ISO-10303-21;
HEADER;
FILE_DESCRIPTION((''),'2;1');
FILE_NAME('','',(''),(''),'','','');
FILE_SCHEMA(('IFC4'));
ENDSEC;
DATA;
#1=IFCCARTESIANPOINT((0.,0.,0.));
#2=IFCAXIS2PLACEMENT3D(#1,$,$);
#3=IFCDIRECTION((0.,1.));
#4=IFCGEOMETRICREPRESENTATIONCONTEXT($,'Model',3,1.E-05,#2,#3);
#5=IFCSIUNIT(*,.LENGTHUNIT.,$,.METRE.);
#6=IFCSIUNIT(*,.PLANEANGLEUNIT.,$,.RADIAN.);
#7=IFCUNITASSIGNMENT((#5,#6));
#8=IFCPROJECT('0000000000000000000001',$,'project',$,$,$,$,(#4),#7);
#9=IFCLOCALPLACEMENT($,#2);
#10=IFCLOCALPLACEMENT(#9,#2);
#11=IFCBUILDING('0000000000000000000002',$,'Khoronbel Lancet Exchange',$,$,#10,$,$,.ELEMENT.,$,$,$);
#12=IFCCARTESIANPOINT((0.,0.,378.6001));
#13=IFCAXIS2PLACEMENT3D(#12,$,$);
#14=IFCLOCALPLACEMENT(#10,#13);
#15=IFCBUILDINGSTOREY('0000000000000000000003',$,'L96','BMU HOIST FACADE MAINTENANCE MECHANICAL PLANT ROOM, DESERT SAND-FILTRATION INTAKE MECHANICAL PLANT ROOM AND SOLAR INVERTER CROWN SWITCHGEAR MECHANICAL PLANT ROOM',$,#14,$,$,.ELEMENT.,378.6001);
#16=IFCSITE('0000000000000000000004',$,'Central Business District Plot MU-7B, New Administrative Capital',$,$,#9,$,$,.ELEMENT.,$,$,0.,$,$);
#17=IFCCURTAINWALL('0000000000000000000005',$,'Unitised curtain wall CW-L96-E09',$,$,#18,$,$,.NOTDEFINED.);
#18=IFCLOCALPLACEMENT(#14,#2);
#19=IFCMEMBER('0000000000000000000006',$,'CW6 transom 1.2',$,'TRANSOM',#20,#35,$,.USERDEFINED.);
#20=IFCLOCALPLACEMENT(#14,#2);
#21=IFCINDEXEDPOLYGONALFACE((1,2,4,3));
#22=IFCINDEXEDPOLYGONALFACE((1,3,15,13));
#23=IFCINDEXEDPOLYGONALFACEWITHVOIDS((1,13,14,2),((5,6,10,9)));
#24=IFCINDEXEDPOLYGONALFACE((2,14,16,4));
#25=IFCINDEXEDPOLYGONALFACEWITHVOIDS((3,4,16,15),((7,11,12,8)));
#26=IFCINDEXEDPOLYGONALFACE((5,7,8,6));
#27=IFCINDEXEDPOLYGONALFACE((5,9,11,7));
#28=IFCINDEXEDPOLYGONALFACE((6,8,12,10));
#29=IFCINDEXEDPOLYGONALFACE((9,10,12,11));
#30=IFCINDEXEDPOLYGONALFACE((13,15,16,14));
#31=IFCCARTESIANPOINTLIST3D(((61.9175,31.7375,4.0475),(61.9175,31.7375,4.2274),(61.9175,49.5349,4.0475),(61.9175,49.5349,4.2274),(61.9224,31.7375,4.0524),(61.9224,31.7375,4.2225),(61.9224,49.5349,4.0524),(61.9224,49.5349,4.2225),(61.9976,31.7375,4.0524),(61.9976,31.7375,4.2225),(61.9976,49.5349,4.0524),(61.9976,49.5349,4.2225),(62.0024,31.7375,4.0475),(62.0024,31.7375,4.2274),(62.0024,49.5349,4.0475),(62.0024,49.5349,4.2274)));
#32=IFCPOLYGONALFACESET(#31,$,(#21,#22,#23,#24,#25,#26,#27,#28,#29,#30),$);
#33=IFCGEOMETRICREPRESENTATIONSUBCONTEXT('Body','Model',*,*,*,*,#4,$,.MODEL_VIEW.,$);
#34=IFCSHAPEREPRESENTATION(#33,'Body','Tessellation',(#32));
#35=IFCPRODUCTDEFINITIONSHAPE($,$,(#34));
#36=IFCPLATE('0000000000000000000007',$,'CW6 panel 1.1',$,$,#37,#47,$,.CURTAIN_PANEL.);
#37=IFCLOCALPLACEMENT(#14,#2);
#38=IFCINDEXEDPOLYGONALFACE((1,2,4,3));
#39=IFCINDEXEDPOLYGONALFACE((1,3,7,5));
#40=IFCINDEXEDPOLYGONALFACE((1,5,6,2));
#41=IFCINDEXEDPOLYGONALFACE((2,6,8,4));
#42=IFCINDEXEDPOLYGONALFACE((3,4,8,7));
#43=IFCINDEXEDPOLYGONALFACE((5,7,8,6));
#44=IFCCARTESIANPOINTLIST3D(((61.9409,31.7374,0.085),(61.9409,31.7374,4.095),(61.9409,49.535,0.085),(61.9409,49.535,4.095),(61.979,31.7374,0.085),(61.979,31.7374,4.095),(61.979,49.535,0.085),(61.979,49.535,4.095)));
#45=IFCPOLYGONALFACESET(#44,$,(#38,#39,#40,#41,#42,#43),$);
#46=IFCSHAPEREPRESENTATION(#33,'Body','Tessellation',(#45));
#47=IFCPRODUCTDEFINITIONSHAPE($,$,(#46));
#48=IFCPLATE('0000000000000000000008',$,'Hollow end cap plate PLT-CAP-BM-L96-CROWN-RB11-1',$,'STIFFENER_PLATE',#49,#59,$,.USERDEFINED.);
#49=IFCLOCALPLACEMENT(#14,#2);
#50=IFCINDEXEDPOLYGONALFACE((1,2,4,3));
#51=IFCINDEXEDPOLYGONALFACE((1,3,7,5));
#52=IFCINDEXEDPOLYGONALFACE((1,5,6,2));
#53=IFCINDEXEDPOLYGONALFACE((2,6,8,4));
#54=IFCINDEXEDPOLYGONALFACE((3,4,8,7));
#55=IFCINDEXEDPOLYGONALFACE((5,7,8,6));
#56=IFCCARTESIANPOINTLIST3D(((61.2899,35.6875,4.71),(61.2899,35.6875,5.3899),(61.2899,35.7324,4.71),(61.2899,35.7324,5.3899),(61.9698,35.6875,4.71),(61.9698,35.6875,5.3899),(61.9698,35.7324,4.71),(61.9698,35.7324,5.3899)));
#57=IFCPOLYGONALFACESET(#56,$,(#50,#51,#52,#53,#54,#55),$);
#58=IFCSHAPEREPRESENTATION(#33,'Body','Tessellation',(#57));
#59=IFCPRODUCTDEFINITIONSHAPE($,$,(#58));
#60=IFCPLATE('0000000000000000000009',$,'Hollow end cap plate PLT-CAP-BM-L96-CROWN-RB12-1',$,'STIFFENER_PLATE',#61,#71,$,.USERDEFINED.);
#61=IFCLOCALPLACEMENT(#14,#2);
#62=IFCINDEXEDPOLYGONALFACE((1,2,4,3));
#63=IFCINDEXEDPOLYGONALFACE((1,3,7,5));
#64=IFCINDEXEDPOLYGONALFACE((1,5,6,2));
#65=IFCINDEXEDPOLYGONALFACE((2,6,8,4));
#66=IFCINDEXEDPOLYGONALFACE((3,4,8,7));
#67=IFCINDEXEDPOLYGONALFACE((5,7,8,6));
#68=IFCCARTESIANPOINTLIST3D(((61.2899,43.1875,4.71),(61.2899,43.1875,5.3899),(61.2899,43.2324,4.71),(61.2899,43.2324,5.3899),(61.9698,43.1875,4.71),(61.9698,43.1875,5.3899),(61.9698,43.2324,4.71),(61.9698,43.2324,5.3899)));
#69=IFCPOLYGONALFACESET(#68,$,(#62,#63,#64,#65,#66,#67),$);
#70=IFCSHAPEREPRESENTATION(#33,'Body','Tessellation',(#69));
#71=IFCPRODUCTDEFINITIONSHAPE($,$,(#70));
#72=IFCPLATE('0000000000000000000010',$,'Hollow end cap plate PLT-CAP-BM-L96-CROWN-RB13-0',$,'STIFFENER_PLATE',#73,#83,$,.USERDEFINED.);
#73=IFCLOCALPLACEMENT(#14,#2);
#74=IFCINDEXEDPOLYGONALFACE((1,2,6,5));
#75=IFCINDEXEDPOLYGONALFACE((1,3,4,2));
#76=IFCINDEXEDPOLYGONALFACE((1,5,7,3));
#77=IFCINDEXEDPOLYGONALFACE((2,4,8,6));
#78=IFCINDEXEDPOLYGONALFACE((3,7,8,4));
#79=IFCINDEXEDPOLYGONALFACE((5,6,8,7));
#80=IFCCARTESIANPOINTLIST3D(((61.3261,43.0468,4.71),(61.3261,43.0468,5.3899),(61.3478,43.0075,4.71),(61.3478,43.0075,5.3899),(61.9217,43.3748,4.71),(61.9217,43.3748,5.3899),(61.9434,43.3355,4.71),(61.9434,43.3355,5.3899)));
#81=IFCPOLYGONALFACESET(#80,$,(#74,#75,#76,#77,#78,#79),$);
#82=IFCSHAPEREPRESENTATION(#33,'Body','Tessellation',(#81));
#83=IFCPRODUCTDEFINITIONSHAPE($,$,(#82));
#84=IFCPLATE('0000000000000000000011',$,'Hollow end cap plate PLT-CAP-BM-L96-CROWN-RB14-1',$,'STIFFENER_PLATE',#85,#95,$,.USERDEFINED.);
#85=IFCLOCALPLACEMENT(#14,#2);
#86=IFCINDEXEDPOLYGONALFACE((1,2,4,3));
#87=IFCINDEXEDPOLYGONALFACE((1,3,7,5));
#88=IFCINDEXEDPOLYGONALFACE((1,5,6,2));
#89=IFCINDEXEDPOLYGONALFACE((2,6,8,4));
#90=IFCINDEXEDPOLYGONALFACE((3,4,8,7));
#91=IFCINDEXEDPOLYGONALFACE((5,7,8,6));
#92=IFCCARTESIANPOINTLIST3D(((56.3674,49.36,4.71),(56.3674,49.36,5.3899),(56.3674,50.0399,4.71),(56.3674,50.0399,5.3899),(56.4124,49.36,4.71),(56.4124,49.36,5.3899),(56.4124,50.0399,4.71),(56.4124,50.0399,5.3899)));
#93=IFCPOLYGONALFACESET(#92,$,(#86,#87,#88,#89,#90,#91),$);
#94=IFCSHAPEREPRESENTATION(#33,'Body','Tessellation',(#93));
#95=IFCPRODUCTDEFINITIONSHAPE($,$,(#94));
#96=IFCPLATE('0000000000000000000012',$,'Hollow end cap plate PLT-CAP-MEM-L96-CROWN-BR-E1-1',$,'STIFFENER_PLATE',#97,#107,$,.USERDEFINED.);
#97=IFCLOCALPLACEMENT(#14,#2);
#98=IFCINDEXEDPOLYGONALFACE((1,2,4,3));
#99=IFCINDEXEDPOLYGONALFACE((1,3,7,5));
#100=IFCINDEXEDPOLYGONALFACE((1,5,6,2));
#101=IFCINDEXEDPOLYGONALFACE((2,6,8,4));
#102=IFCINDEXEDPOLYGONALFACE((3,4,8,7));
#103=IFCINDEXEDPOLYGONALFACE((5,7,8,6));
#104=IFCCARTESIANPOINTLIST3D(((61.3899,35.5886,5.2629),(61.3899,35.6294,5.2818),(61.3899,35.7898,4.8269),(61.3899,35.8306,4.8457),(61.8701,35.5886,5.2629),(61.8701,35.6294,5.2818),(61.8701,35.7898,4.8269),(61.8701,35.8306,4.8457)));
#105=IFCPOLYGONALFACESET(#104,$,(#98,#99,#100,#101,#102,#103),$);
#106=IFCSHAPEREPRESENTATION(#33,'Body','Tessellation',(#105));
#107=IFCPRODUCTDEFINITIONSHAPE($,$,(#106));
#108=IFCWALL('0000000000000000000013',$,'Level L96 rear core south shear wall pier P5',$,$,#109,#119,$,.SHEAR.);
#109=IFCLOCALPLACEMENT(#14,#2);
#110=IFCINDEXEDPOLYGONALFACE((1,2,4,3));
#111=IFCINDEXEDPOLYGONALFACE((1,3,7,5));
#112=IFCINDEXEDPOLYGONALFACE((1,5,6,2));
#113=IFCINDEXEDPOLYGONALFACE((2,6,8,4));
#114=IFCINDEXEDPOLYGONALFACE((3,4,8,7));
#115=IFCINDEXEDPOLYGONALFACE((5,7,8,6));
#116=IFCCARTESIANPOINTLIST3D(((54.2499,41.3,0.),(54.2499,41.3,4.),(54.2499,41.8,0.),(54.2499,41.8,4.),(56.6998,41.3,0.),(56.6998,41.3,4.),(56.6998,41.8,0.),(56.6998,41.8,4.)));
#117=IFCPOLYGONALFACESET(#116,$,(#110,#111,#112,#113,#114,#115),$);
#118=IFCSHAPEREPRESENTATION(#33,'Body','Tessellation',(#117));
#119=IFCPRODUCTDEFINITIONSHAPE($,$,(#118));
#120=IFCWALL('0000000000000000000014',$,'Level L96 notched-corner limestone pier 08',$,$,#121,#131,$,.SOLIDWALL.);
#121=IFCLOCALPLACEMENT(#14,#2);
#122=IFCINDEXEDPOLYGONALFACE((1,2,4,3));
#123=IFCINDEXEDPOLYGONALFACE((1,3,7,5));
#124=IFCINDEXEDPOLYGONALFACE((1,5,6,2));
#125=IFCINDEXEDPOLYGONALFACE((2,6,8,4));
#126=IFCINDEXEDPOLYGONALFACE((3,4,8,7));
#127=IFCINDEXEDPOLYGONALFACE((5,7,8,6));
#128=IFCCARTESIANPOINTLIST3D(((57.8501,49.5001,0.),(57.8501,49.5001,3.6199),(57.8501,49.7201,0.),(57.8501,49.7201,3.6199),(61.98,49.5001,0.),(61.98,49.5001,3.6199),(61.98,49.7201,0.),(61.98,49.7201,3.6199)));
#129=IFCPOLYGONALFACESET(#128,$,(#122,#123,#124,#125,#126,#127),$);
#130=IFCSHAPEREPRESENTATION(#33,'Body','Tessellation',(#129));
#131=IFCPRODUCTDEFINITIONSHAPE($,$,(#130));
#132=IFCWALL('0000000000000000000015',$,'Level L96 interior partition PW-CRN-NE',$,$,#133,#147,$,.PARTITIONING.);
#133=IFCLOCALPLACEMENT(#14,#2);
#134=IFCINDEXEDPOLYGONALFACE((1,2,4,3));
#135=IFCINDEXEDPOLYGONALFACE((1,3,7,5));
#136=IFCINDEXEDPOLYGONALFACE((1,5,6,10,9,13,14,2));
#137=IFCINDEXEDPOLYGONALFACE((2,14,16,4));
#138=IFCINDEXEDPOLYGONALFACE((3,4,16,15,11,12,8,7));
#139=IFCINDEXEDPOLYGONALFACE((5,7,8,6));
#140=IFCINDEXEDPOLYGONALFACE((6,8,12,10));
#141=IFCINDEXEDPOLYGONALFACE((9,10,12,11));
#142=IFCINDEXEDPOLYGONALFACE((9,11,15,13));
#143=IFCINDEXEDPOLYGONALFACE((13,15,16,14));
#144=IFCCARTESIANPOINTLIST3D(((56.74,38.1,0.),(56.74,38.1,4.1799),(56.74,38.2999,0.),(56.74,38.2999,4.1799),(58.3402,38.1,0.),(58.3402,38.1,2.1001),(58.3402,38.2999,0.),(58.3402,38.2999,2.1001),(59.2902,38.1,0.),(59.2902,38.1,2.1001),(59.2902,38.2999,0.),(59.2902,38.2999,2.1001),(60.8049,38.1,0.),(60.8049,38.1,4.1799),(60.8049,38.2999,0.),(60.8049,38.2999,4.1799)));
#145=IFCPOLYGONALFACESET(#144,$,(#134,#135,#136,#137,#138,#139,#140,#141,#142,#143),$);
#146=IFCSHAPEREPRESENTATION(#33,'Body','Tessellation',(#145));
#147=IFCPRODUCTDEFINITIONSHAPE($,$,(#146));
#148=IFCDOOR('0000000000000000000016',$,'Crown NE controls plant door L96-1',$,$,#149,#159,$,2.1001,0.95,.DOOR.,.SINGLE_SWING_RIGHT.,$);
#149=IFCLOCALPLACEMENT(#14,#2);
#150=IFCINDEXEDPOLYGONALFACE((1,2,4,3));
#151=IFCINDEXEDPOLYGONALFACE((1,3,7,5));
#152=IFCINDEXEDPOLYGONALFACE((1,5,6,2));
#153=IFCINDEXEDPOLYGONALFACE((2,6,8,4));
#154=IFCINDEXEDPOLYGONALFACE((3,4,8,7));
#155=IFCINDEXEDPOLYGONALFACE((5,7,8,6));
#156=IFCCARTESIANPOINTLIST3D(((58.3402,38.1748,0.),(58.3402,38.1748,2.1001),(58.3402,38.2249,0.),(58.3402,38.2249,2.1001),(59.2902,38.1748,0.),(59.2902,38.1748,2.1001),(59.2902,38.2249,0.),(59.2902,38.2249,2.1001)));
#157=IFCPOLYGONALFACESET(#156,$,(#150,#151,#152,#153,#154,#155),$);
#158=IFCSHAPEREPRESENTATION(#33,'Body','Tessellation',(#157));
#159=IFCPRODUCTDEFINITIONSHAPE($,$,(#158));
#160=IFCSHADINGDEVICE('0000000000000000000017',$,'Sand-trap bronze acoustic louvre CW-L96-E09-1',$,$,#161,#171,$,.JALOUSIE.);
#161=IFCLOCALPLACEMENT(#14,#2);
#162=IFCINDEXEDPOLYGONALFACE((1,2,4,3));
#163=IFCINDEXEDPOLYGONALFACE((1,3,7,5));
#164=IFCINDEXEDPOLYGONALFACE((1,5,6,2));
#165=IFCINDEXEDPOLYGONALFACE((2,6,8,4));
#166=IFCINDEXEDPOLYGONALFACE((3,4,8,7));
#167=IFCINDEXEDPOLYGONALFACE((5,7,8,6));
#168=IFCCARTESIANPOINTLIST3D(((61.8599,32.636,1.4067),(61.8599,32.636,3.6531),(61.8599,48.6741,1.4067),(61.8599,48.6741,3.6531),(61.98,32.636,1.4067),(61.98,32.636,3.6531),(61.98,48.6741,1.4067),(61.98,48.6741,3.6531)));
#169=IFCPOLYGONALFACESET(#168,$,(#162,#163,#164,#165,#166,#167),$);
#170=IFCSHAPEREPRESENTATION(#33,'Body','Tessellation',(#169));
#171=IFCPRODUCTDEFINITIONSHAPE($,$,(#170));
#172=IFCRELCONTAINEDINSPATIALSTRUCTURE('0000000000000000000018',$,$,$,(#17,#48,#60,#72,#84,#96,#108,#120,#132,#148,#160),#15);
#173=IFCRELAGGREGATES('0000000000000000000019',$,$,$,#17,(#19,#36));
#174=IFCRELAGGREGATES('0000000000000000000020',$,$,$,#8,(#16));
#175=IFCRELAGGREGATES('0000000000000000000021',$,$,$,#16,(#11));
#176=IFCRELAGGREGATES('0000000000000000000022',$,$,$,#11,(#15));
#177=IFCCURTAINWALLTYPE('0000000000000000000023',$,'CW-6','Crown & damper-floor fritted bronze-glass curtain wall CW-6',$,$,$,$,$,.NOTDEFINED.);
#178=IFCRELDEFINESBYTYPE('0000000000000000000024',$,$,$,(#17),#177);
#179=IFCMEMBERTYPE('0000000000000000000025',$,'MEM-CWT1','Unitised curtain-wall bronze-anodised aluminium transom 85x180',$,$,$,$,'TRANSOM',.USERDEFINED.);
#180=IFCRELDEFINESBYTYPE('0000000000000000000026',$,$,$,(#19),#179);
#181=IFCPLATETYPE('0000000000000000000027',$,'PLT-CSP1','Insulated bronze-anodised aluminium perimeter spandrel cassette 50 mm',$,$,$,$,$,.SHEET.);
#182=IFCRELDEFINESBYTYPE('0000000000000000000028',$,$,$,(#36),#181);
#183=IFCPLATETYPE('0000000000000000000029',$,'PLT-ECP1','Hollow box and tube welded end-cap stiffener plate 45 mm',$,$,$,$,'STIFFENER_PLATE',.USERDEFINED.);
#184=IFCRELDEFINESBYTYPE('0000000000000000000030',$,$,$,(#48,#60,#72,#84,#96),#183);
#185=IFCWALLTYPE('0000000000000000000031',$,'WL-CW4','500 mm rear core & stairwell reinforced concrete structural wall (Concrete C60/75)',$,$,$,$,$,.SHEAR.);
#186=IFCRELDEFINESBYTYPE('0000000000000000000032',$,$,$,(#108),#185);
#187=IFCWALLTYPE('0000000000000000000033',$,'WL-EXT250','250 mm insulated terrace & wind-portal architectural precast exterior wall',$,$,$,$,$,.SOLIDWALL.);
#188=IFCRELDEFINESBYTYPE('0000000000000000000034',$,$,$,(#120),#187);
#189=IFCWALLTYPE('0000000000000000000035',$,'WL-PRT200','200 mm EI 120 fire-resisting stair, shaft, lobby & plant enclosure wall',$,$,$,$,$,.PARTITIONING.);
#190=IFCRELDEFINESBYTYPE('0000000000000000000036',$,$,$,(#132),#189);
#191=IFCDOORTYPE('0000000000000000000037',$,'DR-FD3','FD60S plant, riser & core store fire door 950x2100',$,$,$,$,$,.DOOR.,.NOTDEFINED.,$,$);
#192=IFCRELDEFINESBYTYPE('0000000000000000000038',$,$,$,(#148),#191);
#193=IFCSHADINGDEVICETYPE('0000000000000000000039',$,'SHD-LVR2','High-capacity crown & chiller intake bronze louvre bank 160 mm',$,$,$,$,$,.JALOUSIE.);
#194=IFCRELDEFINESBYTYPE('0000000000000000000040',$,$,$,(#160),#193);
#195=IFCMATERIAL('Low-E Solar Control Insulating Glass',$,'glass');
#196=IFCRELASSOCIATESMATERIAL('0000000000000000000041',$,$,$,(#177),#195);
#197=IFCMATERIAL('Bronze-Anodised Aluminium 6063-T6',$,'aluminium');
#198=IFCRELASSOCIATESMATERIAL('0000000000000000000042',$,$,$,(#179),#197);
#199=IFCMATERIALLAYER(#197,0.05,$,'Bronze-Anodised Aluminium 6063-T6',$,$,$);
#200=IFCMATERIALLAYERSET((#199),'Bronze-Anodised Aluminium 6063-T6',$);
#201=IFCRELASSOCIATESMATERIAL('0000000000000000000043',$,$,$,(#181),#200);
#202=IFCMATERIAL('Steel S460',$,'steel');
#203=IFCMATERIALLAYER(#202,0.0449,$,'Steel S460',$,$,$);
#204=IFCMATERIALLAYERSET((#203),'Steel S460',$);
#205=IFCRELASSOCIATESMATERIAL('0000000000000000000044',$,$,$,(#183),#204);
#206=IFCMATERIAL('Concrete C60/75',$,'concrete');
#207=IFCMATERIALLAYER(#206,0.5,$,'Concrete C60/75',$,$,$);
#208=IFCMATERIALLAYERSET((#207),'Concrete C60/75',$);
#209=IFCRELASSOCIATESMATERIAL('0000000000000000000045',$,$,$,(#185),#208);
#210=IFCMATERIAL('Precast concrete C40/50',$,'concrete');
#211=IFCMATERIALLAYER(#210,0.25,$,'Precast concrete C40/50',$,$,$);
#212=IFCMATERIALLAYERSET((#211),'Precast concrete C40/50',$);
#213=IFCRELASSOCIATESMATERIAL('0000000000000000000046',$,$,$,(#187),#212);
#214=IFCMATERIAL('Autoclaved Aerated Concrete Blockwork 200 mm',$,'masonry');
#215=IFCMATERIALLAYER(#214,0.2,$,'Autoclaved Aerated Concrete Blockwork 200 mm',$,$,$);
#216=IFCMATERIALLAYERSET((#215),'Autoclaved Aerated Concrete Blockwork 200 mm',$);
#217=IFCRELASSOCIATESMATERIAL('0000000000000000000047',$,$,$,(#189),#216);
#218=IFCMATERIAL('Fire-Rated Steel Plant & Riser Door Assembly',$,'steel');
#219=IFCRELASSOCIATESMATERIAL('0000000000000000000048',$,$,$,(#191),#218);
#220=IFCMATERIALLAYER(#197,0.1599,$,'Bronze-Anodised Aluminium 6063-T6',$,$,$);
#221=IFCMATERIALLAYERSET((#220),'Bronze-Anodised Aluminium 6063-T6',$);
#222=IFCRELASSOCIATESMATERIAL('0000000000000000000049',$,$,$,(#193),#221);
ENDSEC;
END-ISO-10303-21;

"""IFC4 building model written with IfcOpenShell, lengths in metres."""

from ifc_helpers import new_model, si_unit, direction, frame, frame_2d, origin, origin_2d, place, context, subcontext, project, spatial, polyline, rectangle, hollow_rectangle, outline, extrude, material, layer, layer_set, material_profile, profile_set, type_object, element, fill, aggregate, save


model = new_model("IFC4")

# Units and contexts
model_context = context("Model", 3, precision=1e-05, world=origin(), true_north=direction((0.0, 1.0)))
body_context = subcontext(model_context, "Body", "Model", "MODEL_VIEW")
ifc_project = project(units=[si_unit("LENGTHUNIT", "METRE"), si_unit("PLANEANGLEUNIT", "RADIAN")], contexts=[model_context])

# Site, building, storey
site_placement = place(None, origin())
site = spatial("IfcSite", under=ifc_project, at=site_placement, Name="Central Business District Plot MU-7B, New Administrative Capital", CompositionType="ELEMENT", RefElevation=0.0)
building_placement = place(site_placement, origin())
building = spatial("IfcBuilding", under=site, at=building_placement, Name="Khoronbel Lancet Exchange", CompositionType="ELEMENT")
storey_placement = place(building_placement, frame((0.0, 0.0, 378.6001)))
storey = spatial("IfcBuildingStorey", under=building, at=storey_placement, Name="L96", Description="BMU HOIST FACADE MAINTENANCE MECHANICAL PLANT ROOM, DESERT SAND-FILTRATION INTAKE MECHANICAL PLANT ROOM AND SOLAR INVERTER CROWN SWITCHGEAR MECHANICAL PLANT ROOM", CompositionType="ELEMENT", Elevation=378.6001)

# Curtain wall, member, plate
ifc_material_1 = material(Name="Low-E Solar Control Insulating Glass", Category="glass")
curtain_wall_type = type_object("IfcCurtainWallType", Name="CW-6", Description="Crown & damper-floor fritted bronze-glass curtain wall CW-6", PredefinedType="NOTDEFINED", material=ifc_material_1)
curtain_wall_placement = place(storey_placement, origin())
curtain_wall = element("IfcCurtainWall", 1, at=curtain_wall_placement, inside=storey, type_object=curtain_wall_type, Name="Unitised curtain wall CW-L96-E09", PredefinedType="NOTDEFINED")
ifc_material_2 = material(Name="Bronze-Anodised Aluminium 6063-T6", Category="aluminium")
ifc_material_profile_1 = material_profile(ifc_material_2, hollow_rectangle(XDim=0.085, YDim=0.1799, WallThickness=0.0049, at=origin_2d()), Name="ALU TRANSOM 85x180")
ifc_profile_set_1 = profile_set([ifc_material_profile_1], Name="Bronze-Anodised Aluminium 6063-T6")
member_type_1 = type_object("IfcMemberType", Name="MEM-CWT1", Description="Unitised curtain-wall bronze-anodised aluminium transom 85x180", ElementType="TRANSOM", PredefinedType="USERDEFINED", material=ifc_profile_set_1)
member_1_placement = place(storey_placement, frame((61.96, 49.5349, 4.1375), z_axis=(0.0, -1.0, 0.0), x_axis=(1.0, 0.0, 0.0)))
member_1 = element("IfcMember", 2, at=member_1_placement, type_object=member_type_1, Name="CW6 transom 1.2", ObjectType="TRANSOM", PredefinedType="USERDEFINED", context=body_context, shape_type="SweptSolid", body=[
    extrude(hollow_rectangle(XDim=0.085, YDim=0.1799, WallThickness=0.0049, at=origin_2d()), origin(), (0.0, 0.0, 1.0), 17.7974),
])
ifc_layer_1 = layer(ifc_material_2, 0.05, Name="Bronze-Anodised Aluminium 6063-T6")
ifc_layer_set_1 = layer_set([ifc_layer_1], Name="Bronze-Anodised Aluminium 6063-T6")
plate_type_1 = type_object("IfcPlateType", Name="PLT-CSP1", Description="Insulated bronze-anodised aluminium perimeter spandrel cassette 50 mm", PredefinedType="SHEET", material=ifc_layer_set_1)
plate_1_placement = place(storey_placement, frame((61.96, 40.6362, 0.085), z_axis=(0.0, 0.0, 1.0), x_axis=(0.0, -1.0, 0.0)))
plate_1 = element("IfcPlate", 3, at=plate_1_placement, type_object=plate_type_1, Name="CW6 panel 1.1", PredefinedType="CURTAIN_PANEL", context=body_context, shape_type="SweptSolid", body=[
    extrude(rectangle(XDim=17.7976, YDim=0.0381, at=origin_2d()), origin(), (0.0, 0.0, 1.0), 4.01),
])
aggregate(curtain_wall, [member_1, plate_1])

# Plates
ifc_material_3 = material(Name="Steel S460", Category="steel")
ifc_layer_2 = layer(ifc_material_3, 0.0449, Name="Steel S460")
ifc_layer_set_2 = layer_set([ifc_layer_2], Name="Steel S460")
plate_type_2 = type_object("IfcPlateType", Name="PLT-ECP1", Description="Hollow box and tube welded end-cap stiffener plate 45 mm", ElementType="STIFFENER_PLATE", PredefinedType="USERDEFINED", material=ifc_layer_set_2)
for number, where, z_axis, x_axis, name in (
    (4, (61.6299, 35.71, 4.71), (0.0, 0.0, 1.0), (0.0, 1.0, 0.0), "Hollow end cap plate PLT-CAP-BM-L96-CROWN-RB11-1"),
    (5, (61.6299, 43.21, 4.71), (0.0, 0.0, 1.0), (0.0, 1.0, 0.0), "Hollow end cap plate PLT-CAP-BM-L96-CROWN-RB12-1"),
    (6, (61.6348, 43.1912, 4.71), (0.0, 0.0, 1.0), (0.482436, -0.875931, 0.0), "Hollow end cap plate PLT-CAP-BM-L96-CROWN-RB13-0"),
    (7, (56.3899, 49.7, 4.71), (0.0, 0.0, 1.0), (-1.0, 0.0, 0.0), "Hollow end cap plate PLT-CAP-BM-L96-CROWN-RB14-1"),
):
    element("IfcPlate", number, at=place(storey_placement, frame(where, z_axis=z_axis, x_axis=x_axis)), inside=storey, type_object=plate_type_2, Name=name, ObjectType="STIFFENER_PLATE", PredefinedType="USERDEFINED", context=body_context, shape_type="SweptSolid", body=[
        extrude(rectangle(XDim=0.0449, YDim=0.6799, at=origin_2d()), origin(), (0.0, 0.0, 1.0), 0.6799),
    ])
plate_2_placement = place(storey_placement, frame((61.8701, 35.8306, 4.8457), z_axis=(0.0, 0.908019, 0.418929), x_axis=(-1.0, 0.0, 0.0)))
element("IfcPlate", 8, at=plate_2_placement, inside=storey, type_object=plate_type_2, Name="Hollow end cap plate PLT-CAP-MEM-L96-CROWN-BR-E1-1", ObjectType="STIFFENER_PLATE", PredefinedType="USERDEFINED", context=body_context, shape_type="SweptSolid", body=[
    extrude(outline(polyline([(0.0, 0.0), (0.4802, 0.0), (0.4802, 0.4802), (0.0, 0.4802), (0.0, 0.0)])), origin(), (0.0, 0.0, -1.0), 0.0449),
])

# Walls
ifc_material_4 = material(Name="Concrete C60/75", Category="concrete")
ifc_layer_3 = layer(ifc_material_4, 0.5, Name="Concrete C60/75")
ifc_layer_set_3 = layer_set([ifc_layer_3], Name="Concrete C60/75")
wall_type_1 = type_object("IfcWallType", Name="WL-CW4", Description="500 mm rear core & stairwell reinforced concrete structural wall (Concrete C60/75)", PredefinedType="SHEAR", material=ifc_layer_set_3)
wall_1_placement = place(storey_placement, frame((56.7, 41.55, 0.0), z_axis=(0.0, 0.0, 1.0), x_axis=(-1.0, 0.0, 0.0)))
element("IfcWall", 9, at=wall_1_placement, inside=storey, type_object=wall_type_1, Name="Level L96 rear core south shear wall pier P5", PredefinedType="SHEAR", context=body_context, shape_type="SweptSolid", body=[
    extrude(rectangle(XDim=2.45, YDim=0.5, at=frame_2d((1.2251, 0.0))), origin(), (0.0, 0.0, 1.0), 4.0),
])
ifc_material_5 = material(Name="Precast concrete C40/50", Category="concrete")
ifc_layer_4 = layer(ifc_material_5, 0.25, Name="Precast concrete C40/50")
ifc_layer_set_4 = layer_set([ifc_layer_4], Name="Precast concrete C40/50")
wall_type_2 = type_object("IfcWallType", Name="WL-EXT250", Description="250 mm insulated terrace & wind-portal architectural precast exterior wall", PredefinedType="SOLIDWALL", material=ifc_layer_set_4)
wall_2_placement = place(storey_placement, frame((57.8501, 49.6101, 0.0), z_axis=(0.0, 0.0, 1.0), x_axis=(1.0, 0.0, 0.0)))
element("IfcWall", 10, at=wall_2_placement, inside=storey, type_object=wall_type_2, Name="Level L96 notched-corner limestone pier 08", PredefinedType="SOLIDWALL", context=body_context, shape_type="SweptSolid", body=[
    extrude(rectangle(XDim=4.1299, YDim=0.22, at=frame_2d((2.0649, 0.0))), origin(), (0.0, 0.0, 1.0), 3.6199),
])

# Wall, opening, door
ifc_material_6 = material(Name="Autoclaved Aerated Concrete Blockwork 200 mm", Category="masonry")
ifc_layer_5 = layer(ifc_material_6, 0.2, Name="Autoclaved Aerated Concrete Blockwork 200 mm")
ifc_layer_set_5 = layer_set([ifc_layer_5], Name="Autoclaved Aerated Concrete Blockwork 200 mm")
wall_type_3 = type_object("IfcWallType", Name="WL-PRT200", Description="200 mm EI 120 fire-resisting stair, shaft, lobby & plant enclosure wall", PredefinedType="PARTITIONING", material=ifc_layer_set_5)
wall_3_placement = place(storey_placement, frame((56.74, 38.2, 0.0), z_axis=(0.0, 0.0, 1.0), x_axis=(1.0, 0.0, 0.0)))
wall_3 = element("IfcWall", 11, at=wall_3_placement, inside=storey, type_object=wall_type_3, Name="Level L96 interior partition PW-CRN-NE", PredefinedType="PARTITIONING", context=body_context, shape_type="SweptSolid", body=[
    extrude(rectangle(XDim=4.0649, YDim=0.2, at=frame_2d((2.0325, 0.0))), origin(), (0.0, 0.0, 1.0), 4.1799),
])
opening_placement = place(wall_3_placement, frame((1.6001, 0.0, 0.0)))
opening = element("IfcOpeningElement", 12, at=opening_placement, cuts=wall_3, PredefinedType="OPENING", context=body_context, shape_type="SweptSolid", body=[
    extrude(rectangle(XDim=0.95, YDim=2.1001, at=frame_2d((0.4751, 1.05))), frame((0.0, 0.1099, 0.0), z_axis=(0.0, -1.0, 0.0), x_axis=(1.0, 0.0, 0.0)), (0.0, 0.0, 1.0), 0.22),
])
ifc_material_7 = material(Name="Fire-Rated Steel Plant & Riser Door Assembly", Category="steel")
door_type = type_object("IfcDoorType", Name="DR-FD3", Description="FD60S plant, riser & core store fire door 950x2100", OperationType="NOTDEFINED", PredefinedType="DOOR", material=ifc_material_7)
door_placement = place(opening_placement, origin())
door = element("IfcDoor", 13, at=door_placement, inside=storey, type_object=door_type, Name="Crown NE controls plant door L96-1", OperationType="SINGLE_SWING_RIGHT", OverallHeight=2.1001, OverallWidth=0.95, PredefinedType="DOOR", context=body_context, shape_type="SweptSolid", body=[
    extrude(rectangle(XDim=0.95, YDim=2.1001, at=frame_2d((0.4751, 1.05))), frame((0.0, 0.0249, 0.0), z_axis=(0.0, -1.0, 0.0), x_axis=(1.0, 0.0, 0.0)), (0.0, 0.0, 1.0), 0.05),
])
fill(opening, door)

# Shading device
ifc_layer_6 = layer(ifc_material_2, 0.1599, Name="Bronze-Anodised Aluminium 6063-T6")
ifc_layer_set_6 = layer_set([ifc_layer_6], Name="Bronze-Anodised Aluminium 6063-T6")
shading_device_type = type_object("IfcShadingDeviceType", Name="SHD-LVR2", Description="High-capacity crown & chiller intake bronze louvre bank 160 mm", PredefinedType="JALOUSIE", material=ifc_layer_set_6)
shading_device_placement = place(storey_placement, frame((61.9199, 40.655, 1.4067), z_axis=(0.0, 0.0, 1.0), x_axis=(0.0, -1.0, 0.0)))
element("IfcShadingDevice", 14, at=shading_device_placement, inside=storey, type_object=shading_device_type, Name="Sand-trap bronze acoustic louvre CW-L96-E09-1", PredefinedType="JALOUSIE", context=body_context, shape_type="SweptSolid", body=[
    extrude(rectangle(XDim=16.0381, YDim=0.1201, at=origin_2d()), origin(), (0.0, 0.0, 1.0), 2.2463),
])

save(model, "model.ifc")
